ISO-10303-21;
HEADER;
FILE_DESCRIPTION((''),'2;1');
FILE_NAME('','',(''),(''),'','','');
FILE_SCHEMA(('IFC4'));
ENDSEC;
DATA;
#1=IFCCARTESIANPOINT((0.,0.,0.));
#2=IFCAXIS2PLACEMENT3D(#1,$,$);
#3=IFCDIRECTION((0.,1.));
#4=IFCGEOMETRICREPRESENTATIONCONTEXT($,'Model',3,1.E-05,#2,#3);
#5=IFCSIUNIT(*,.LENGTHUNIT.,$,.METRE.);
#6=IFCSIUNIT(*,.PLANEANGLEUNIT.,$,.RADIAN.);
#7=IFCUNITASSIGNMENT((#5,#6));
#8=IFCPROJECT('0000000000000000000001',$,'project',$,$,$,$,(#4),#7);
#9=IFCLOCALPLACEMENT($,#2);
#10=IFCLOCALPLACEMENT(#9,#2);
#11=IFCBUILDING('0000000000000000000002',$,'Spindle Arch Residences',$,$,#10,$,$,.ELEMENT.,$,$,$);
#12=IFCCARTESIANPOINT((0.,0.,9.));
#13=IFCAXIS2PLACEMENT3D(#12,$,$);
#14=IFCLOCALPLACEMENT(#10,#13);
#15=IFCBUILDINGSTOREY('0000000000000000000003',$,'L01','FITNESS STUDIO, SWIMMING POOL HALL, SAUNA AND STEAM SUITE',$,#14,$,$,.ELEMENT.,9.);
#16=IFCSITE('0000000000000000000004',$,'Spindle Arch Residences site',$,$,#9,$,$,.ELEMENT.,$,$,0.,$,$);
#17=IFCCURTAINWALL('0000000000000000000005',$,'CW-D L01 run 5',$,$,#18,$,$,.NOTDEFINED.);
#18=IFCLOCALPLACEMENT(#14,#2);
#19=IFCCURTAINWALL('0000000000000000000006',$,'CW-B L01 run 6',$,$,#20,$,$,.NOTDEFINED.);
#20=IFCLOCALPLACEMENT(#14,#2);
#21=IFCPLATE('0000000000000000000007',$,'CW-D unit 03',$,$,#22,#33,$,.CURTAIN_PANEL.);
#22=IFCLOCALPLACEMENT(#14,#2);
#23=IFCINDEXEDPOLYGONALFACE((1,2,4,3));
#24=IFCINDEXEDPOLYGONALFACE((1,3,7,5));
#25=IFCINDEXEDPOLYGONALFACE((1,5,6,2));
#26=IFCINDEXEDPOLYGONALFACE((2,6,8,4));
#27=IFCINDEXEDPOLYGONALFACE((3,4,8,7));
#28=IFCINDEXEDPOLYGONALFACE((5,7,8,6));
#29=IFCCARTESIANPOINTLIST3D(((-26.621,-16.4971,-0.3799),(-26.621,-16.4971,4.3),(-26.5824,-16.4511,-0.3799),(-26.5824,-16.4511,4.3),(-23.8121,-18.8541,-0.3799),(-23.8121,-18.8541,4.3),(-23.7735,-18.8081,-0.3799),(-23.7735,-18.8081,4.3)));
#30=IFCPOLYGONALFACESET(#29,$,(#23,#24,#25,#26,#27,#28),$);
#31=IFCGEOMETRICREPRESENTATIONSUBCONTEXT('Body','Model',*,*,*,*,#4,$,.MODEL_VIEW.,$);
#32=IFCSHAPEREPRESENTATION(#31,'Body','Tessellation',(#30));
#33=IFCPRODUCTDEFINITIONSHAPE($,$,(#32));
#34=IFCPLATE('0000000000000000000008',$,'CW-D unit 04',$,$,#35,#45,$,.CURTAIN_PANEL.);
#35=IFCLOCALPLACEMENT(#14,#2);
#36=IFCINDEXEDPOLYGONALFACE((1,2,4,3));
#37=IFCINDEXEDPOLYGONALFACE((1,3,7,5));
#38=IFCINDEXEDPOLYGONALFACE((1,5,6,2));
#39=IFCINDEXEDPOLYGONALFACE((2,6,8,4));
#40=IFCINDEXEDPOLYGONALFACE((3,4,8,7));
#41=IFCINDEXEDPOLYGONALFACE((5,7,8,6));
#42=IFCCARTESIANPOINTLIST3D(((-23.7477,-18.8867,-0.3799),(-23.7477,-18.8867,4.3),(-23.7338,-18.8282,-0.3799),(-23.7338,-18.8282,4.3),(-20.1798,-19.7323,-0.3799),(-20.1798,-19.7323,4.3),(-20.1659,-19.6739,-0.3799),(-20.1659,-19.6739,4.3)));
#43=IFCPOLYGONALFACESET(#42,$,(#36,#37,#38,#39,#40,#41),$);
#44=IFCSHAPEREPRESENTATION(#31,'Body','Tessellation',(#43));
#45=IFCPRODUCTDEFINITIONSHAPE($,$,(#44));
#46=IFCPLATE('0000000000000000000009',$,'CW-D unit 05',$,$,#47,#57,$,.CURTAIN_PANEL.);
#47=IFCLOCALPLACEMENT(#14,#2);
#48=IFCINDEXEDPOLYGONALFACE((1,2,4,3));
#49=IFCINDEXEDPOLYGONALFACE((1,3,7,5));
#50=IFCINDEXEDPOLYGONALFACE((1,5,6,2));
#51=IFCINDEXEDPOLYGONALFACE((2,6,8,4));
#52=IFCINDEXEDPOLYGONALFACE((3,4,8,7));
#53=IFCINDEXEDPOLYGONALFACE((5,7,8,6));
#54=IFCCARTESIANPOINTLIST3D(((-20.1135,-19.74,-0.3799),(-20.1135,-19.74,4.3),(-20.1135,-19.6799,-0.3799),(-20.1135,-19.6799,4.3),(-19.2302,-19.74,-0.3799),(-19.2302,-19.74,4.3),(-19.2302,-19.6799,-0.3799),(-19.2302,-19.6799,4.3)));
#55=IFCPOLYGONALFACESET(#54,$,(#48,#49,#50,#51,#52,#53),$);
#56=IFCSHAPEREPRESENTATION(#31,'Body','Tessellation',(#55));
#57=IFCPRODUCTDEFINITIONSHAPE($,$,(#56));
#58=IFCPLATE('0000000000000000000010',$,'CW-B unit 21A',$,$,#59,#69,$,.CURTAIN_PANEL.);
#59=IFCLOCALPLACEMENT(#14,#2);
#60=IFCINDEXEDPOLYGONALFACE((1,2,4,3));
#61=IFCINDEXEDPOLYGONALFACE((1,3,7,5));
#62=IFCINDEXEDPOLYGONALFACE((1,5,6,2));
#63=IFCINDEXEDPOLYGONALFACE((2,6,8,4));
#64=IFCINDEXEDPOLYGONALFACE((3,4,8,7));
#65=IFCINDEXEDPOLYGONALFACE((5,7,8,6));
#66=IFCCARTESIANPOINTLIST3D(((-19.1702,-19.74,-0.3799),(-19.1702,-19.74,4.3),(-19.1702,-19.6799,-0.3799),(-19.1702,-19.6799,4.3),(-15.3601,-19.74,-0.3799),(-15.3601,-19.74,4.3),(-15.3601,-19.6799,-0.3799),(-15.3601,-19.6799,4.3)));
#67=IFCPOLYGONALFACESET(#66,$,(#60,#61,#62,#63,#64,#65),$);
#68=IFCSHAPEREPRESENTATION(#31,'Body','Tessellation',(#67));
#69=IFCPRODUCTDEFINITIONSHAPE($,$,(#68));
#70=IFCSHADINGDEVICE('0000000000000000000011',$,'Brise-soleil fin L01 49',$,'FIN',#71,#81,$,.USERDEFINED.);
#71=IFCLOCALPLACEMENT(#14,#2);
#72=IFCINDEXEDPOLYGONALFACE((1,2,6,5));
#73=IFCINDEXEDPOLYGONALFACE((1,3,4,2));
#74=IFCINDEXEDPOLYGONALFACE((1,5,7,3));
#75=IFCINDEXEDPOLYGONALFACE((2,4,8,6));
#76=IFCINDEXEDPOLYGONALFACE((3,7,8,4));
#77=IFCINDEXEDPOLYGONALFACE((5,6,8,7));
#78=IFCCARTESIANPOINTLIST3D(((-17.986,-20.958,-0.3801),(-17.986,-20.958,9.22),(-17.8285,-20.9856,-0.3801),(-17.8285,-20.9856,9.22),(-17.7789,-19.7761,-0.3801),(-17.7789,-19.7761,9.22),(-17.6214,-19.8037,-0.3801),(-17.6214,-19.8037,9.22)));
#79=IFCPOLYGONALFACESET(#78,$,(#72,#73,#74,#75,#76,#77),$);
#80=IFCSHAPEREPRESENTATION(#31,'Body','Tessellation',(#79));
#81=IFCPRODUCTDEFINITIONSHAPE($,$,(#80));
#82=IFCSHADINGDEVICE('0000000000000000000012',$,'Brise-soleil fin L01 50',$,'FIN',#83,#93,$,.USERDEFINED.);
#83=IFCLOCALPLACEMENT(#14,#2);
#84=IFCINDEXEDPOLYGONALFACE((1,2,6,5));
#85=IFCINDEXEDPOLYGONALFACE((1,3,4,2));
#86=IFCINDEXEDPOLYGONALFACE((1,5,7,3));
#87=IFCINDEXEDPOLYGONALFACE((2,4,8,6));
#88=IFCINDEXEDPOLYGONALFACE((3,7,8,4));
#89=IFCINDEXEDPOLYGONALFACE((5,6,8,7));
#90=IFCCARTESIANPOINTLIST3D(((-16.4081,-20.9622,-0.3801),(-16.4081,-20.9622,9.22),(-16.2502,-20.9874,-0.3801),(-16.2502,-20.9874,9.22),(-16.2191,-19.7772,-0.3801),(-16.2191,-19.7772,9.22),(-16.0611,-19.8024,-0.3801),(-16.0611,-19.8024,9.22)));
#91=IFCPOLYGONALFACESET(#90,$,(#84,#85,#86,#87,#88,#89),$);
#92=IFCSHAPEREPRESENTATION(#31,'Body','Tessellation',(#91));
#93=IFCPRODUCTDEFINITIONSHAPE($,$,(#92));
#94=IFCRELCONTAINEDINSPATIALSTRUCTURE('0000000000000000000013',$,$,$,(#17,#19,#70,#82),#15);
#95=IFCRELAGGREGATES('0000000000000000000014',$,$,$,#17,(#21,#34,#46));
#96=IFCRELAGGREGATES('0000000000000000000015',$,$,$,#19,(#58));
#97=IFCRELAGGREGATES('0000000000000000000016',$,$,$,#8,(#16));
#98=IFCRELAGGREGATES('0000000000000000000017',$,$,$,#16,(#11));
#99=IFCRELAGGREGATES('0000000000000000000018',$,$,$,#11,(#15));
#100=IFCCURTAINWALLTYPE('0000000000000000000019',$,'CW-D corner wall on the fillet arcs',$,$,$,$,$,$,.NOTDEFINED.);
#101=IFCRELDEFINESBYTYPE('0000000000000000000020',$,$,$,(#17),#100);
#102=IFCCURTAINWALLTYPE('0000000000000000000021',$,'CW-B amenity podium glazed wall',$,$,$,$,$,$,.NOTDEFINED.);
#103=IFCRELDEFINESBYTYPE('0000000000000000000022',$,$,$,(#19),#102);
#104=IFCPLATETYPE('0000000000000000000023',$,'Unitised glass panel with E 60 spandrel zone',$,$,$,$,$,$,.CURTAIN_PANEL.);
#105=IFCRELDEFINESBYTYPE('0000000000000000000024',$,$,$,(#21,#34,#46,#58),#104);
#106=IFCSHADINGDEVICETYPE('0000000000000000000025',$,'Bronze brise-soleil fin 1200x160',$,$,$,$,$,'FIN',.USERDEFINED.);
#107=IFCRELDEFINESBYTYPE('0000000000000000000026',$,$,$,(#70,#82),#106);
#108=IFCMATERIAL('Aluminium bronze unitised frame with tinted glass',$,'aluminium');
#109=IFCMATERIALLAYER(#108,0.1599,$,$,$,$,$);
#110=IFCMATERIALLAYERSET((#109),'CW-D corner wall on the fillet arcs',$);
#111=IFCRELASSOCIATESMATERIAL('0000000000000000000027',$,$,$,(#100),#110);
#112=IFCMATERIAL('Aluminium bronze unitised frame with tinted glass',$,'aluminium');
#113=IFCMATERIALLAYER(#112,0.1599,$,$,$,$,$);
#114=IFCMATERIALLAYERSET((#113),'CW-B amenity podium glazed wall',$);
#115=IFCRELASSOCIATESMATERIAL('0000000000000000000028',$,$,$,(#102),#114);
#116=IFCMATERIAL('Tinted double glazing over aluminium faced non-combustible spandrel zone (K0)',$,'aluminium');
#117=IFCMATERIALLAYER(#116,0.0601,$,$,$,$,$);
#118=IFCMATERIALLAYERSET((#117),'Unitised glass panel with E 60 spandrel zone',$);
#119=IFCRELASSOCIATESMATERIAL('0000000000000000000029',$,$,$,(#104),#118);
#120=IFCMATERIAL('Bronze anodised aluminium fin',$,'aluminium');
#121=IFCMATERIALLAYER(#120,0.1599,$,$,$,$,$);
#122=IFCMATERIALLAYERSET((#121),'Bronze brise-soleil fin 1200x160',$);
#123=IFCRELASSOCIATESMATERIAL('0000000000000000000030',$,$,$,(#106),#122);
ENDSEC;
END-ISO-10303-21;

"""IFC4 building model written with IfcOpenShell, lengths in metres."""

from ifc_helpers import new_model, si_unit, direction, frame, origin, origin_2d, place, context, subcontext, project, spatial, rectangle, extrude, material, layer, layer_set, type_object, element, aggregate, save


model = new_model("IFC4")

# Units and contexts
model_context = context("Model", 3, precision=1e-05, world=origin(), true_north=direction((0.0, 1.0)))
body_context = subcontext(model_context, "Body", "Model", "MODEL_VIEW")
ifc_project = project(units=[si_unit("LENGTHUNIT", "METRE"), si_unit("PLANEANGLEUNIT", "RADIAN")], contexts=[model_context])

# Site, building, storey
site_placement = place(None, origin())
site = spatial("IfcSite", under=ifc_project, at=site_placement, Name="Spindle Arch Residences site", CompositionType="ELEMENT", RefElevation=0.0)
building_placement = place(site_placement, origin())
building = spatial("IfcBuilding", under=site, at=building_placement, Name="Spindle Arch Residences", CompositionType="ELEMENT")
storey_placement = place(building_placement, frame((0.0, 0.0, 9.0)))
storey = spatial("IfcBuildingStorey", under=building, at=storey_placement, Name="L01", Description="FITNESS STUDIO, SWIMMING POOL HALL, SAUNA AND STEAM SUITE", CompositionType="ELEMENT", Elevation=9.0)

# Curtain wall
ifc_material_1 = material(Name="Aluminium bronze unitised frame with tinted glass", Category="aluminium")
ifc_layer_1 = layer(ifc_material_1, 0.1599)
ifc_layer_set_1 = layer_set([ifc_layer_1], Name="CW-D corner wall on the fillet arcs")
curtain_wall_type_1 = type_object("IfcCurtainWallType", Name="CW-D corner wall on the fillet arcs", PredefinedType="NOTDEFINED", material=ifc_layer_set_1)
curtain_wall_1_placement = place(storey_placement, origin())
curtain_wall_1 = element("IfcCurtainWall", 1, at=curtain_wall_1_placement, inside=storey, type_object=curtain_wall_type_1, Name="CW-D L01 run 5", PredefinedType="NOTDEFINED")

# Curtain wall
ifc_material_2 = material(Name="Aluminium bronze unitised frame with tinted glass", Category="aluminium")
ifc_layer_2 = layer(ifc_material_2, 0.1599)
ifc_layer_set_2 = layer_set([ifc_layer_2], Name="CW-B amenity podium glazed wall")
curtain_wall_type_2 = type_object("IfcCurtainWallType", Name="CW-B amenity podium glazed wall", PredefinedType="NOTDEFINED", material=ifc_layer_set_2)
curtain_wall_2_placement = place(storey_placement, origin())
curtain_wall_2 = element("IfcCurtainWall", 2, at=curtain_wall_2_placement, inside=storey, type_object=curtain_wall_type_2, Name="CW-B L01 run 6", PredefinedType="NOTDEFINED")

# Plates
ifc_material_3 = material(Name="Tinted double glazing over aluminium faced non-combustible spandrel zone (K0)", Category="aluminium")
ifc_layer_3 = layer(ifc_material_3, 0.0601)
ifc_layer_set_3 = layer_set([ifc_layer_3], Name="Unitised glass panel with E 60 spandrel zone")
plate_type = type_object("IfcPlateType", Name="Unitised glass panel with E 60 spandrel zone", PredefinedType="CURTAIN_PANEL", material=ifc_layer_set_3)
plate_1_placement = place(storey_placement, frame((-25.1973, -17.6526, -0.3799), z_axis=(0.0, 0.0, 1.0), x_axis=(0.766044, -0.642788, 0.0)))
plate_1 = element("IfcPlate", 3, at=plate_1_placement, type_object=plate_type, Name="CW-D unit 03", PredefinedType="CURTAIN_PANEL", context=body_context, shape_type="SweptSolid", body=[
    extrude(rectangle(XDim=3.6667, YDim=0.0601, at=origin_2d()), origin(), (0.0, 0.0, 1.0), 4.6799),
])
plate_2_placement = place(storey_placement, frame((-21.9568, -19.2803, -0.3799), z_axis=(0.0, 0.0, 1.0), x_axis=(0.973045, -0.230616, 0.0)))
plate_2 = element("IfcPlate", 4, at=plate_2_placement, type_object=plate_type, Name="CW-D unit 04", PredefinedType="CURTAIN_PANEL", context=body_context, shape_type="SweptSolid", body=[
    extrude(rectangle(XDim=3.6667, YDim=0.0601, at=origin_2d()), origin(), (0.0, 0.0, 1.0), 4.6799),
])
plate_3_placement = place(storey_placement, frame((-19.6719, -19.71, -0.3799), z_axis=(0.0, 0.0, 1.0), x_axis=(1.0, 0.0, 0.0)))
plate_3 = element("IfcPlate", 5, at=plate_3_placement, type_object=plate_type, Name="CW-D unit 05", PredefinedType="CURTAIN_PANEL", context=body_context, shape_type="SweptSolid", body=[
    extrude(rectangle(XDim=0.8833, YDim=0.0601, at=origin_2d()), origin(), (0.0, 0.0, 1.0), 4.6799),
])
aggregate(curtain_wall_1, [plate_1, plate_2, plate_3])
plate_4_placement = place(storey_placement, frame((-17.2651, -19.71, -0.3799), z_axis=(0.0, 0.0, 1.0), x_axis=(1.0, 0.0, 0.0)))
plate_4 = element("IfcPlate", 6, at=plate_4_placement, type_object=plate_type, Name="CW-B unit 21A", PredefinedType="CURTAIN_PANEL", context=body_context, shape_type="SweptSolid", body=[
    extrude(rectangle(XDim=3.8101, YDim=0.0601, at=origin_2d()), origin(), (0.0, 0.0, 1.0), 4.6799),
])
aggregate(curtain_wall_2, [plate_4])

# Shading devices
ifc_material_4 = material(Name="Bronze anodised aluminium fin", Category="aluminium")
ifc_layer_4 = layer(ifc_material_4, 0.1599)
ifc_layer_set_4 = layer_set([ifc_layer_4], Name="Bronze brise-soleil fin 1200x160")
shading_device_type = type_object("IfcShadingDeviceType", Name="Bronze brise-soleil fin 1200x160", ElementType="FIN", PredefinedType="USERDEFINED", material=ifc_layer_set_4)
for number, where, z_axis, x_axis, name in (
    (7, (-17.8037, -20.3809, -0.3801), (0.0, 0.0, 1.0), (-0.172612, -0.98499, 0.0), "Brise-soleil fin L01 49"),
    (8, (-16.2346, -20.3823, -0.3801), (0.0, 0.0, 1.0), (-0.157532, -0.987514, 0.0), "Brise-soleil fin L01 50"),
):
    element("IfcShadingDevice", number, at=place(storey_placement, frame(where, z_axis=z_axis, x_axis=x_axis)), inside=storey, type_object=shading_device_type, Name=name, ObjectType="FIN", PredefinedType="USERDEFINED", context=body_context, shape_type="SweptSolid", body=[
        extrude(rectangle(XDim=1.2, YDim=0.1599, at=origin_2d()), origin(), (0.0, 0.0, 1.0), 9.6001),
    ])

save(model, "model.ifc")
